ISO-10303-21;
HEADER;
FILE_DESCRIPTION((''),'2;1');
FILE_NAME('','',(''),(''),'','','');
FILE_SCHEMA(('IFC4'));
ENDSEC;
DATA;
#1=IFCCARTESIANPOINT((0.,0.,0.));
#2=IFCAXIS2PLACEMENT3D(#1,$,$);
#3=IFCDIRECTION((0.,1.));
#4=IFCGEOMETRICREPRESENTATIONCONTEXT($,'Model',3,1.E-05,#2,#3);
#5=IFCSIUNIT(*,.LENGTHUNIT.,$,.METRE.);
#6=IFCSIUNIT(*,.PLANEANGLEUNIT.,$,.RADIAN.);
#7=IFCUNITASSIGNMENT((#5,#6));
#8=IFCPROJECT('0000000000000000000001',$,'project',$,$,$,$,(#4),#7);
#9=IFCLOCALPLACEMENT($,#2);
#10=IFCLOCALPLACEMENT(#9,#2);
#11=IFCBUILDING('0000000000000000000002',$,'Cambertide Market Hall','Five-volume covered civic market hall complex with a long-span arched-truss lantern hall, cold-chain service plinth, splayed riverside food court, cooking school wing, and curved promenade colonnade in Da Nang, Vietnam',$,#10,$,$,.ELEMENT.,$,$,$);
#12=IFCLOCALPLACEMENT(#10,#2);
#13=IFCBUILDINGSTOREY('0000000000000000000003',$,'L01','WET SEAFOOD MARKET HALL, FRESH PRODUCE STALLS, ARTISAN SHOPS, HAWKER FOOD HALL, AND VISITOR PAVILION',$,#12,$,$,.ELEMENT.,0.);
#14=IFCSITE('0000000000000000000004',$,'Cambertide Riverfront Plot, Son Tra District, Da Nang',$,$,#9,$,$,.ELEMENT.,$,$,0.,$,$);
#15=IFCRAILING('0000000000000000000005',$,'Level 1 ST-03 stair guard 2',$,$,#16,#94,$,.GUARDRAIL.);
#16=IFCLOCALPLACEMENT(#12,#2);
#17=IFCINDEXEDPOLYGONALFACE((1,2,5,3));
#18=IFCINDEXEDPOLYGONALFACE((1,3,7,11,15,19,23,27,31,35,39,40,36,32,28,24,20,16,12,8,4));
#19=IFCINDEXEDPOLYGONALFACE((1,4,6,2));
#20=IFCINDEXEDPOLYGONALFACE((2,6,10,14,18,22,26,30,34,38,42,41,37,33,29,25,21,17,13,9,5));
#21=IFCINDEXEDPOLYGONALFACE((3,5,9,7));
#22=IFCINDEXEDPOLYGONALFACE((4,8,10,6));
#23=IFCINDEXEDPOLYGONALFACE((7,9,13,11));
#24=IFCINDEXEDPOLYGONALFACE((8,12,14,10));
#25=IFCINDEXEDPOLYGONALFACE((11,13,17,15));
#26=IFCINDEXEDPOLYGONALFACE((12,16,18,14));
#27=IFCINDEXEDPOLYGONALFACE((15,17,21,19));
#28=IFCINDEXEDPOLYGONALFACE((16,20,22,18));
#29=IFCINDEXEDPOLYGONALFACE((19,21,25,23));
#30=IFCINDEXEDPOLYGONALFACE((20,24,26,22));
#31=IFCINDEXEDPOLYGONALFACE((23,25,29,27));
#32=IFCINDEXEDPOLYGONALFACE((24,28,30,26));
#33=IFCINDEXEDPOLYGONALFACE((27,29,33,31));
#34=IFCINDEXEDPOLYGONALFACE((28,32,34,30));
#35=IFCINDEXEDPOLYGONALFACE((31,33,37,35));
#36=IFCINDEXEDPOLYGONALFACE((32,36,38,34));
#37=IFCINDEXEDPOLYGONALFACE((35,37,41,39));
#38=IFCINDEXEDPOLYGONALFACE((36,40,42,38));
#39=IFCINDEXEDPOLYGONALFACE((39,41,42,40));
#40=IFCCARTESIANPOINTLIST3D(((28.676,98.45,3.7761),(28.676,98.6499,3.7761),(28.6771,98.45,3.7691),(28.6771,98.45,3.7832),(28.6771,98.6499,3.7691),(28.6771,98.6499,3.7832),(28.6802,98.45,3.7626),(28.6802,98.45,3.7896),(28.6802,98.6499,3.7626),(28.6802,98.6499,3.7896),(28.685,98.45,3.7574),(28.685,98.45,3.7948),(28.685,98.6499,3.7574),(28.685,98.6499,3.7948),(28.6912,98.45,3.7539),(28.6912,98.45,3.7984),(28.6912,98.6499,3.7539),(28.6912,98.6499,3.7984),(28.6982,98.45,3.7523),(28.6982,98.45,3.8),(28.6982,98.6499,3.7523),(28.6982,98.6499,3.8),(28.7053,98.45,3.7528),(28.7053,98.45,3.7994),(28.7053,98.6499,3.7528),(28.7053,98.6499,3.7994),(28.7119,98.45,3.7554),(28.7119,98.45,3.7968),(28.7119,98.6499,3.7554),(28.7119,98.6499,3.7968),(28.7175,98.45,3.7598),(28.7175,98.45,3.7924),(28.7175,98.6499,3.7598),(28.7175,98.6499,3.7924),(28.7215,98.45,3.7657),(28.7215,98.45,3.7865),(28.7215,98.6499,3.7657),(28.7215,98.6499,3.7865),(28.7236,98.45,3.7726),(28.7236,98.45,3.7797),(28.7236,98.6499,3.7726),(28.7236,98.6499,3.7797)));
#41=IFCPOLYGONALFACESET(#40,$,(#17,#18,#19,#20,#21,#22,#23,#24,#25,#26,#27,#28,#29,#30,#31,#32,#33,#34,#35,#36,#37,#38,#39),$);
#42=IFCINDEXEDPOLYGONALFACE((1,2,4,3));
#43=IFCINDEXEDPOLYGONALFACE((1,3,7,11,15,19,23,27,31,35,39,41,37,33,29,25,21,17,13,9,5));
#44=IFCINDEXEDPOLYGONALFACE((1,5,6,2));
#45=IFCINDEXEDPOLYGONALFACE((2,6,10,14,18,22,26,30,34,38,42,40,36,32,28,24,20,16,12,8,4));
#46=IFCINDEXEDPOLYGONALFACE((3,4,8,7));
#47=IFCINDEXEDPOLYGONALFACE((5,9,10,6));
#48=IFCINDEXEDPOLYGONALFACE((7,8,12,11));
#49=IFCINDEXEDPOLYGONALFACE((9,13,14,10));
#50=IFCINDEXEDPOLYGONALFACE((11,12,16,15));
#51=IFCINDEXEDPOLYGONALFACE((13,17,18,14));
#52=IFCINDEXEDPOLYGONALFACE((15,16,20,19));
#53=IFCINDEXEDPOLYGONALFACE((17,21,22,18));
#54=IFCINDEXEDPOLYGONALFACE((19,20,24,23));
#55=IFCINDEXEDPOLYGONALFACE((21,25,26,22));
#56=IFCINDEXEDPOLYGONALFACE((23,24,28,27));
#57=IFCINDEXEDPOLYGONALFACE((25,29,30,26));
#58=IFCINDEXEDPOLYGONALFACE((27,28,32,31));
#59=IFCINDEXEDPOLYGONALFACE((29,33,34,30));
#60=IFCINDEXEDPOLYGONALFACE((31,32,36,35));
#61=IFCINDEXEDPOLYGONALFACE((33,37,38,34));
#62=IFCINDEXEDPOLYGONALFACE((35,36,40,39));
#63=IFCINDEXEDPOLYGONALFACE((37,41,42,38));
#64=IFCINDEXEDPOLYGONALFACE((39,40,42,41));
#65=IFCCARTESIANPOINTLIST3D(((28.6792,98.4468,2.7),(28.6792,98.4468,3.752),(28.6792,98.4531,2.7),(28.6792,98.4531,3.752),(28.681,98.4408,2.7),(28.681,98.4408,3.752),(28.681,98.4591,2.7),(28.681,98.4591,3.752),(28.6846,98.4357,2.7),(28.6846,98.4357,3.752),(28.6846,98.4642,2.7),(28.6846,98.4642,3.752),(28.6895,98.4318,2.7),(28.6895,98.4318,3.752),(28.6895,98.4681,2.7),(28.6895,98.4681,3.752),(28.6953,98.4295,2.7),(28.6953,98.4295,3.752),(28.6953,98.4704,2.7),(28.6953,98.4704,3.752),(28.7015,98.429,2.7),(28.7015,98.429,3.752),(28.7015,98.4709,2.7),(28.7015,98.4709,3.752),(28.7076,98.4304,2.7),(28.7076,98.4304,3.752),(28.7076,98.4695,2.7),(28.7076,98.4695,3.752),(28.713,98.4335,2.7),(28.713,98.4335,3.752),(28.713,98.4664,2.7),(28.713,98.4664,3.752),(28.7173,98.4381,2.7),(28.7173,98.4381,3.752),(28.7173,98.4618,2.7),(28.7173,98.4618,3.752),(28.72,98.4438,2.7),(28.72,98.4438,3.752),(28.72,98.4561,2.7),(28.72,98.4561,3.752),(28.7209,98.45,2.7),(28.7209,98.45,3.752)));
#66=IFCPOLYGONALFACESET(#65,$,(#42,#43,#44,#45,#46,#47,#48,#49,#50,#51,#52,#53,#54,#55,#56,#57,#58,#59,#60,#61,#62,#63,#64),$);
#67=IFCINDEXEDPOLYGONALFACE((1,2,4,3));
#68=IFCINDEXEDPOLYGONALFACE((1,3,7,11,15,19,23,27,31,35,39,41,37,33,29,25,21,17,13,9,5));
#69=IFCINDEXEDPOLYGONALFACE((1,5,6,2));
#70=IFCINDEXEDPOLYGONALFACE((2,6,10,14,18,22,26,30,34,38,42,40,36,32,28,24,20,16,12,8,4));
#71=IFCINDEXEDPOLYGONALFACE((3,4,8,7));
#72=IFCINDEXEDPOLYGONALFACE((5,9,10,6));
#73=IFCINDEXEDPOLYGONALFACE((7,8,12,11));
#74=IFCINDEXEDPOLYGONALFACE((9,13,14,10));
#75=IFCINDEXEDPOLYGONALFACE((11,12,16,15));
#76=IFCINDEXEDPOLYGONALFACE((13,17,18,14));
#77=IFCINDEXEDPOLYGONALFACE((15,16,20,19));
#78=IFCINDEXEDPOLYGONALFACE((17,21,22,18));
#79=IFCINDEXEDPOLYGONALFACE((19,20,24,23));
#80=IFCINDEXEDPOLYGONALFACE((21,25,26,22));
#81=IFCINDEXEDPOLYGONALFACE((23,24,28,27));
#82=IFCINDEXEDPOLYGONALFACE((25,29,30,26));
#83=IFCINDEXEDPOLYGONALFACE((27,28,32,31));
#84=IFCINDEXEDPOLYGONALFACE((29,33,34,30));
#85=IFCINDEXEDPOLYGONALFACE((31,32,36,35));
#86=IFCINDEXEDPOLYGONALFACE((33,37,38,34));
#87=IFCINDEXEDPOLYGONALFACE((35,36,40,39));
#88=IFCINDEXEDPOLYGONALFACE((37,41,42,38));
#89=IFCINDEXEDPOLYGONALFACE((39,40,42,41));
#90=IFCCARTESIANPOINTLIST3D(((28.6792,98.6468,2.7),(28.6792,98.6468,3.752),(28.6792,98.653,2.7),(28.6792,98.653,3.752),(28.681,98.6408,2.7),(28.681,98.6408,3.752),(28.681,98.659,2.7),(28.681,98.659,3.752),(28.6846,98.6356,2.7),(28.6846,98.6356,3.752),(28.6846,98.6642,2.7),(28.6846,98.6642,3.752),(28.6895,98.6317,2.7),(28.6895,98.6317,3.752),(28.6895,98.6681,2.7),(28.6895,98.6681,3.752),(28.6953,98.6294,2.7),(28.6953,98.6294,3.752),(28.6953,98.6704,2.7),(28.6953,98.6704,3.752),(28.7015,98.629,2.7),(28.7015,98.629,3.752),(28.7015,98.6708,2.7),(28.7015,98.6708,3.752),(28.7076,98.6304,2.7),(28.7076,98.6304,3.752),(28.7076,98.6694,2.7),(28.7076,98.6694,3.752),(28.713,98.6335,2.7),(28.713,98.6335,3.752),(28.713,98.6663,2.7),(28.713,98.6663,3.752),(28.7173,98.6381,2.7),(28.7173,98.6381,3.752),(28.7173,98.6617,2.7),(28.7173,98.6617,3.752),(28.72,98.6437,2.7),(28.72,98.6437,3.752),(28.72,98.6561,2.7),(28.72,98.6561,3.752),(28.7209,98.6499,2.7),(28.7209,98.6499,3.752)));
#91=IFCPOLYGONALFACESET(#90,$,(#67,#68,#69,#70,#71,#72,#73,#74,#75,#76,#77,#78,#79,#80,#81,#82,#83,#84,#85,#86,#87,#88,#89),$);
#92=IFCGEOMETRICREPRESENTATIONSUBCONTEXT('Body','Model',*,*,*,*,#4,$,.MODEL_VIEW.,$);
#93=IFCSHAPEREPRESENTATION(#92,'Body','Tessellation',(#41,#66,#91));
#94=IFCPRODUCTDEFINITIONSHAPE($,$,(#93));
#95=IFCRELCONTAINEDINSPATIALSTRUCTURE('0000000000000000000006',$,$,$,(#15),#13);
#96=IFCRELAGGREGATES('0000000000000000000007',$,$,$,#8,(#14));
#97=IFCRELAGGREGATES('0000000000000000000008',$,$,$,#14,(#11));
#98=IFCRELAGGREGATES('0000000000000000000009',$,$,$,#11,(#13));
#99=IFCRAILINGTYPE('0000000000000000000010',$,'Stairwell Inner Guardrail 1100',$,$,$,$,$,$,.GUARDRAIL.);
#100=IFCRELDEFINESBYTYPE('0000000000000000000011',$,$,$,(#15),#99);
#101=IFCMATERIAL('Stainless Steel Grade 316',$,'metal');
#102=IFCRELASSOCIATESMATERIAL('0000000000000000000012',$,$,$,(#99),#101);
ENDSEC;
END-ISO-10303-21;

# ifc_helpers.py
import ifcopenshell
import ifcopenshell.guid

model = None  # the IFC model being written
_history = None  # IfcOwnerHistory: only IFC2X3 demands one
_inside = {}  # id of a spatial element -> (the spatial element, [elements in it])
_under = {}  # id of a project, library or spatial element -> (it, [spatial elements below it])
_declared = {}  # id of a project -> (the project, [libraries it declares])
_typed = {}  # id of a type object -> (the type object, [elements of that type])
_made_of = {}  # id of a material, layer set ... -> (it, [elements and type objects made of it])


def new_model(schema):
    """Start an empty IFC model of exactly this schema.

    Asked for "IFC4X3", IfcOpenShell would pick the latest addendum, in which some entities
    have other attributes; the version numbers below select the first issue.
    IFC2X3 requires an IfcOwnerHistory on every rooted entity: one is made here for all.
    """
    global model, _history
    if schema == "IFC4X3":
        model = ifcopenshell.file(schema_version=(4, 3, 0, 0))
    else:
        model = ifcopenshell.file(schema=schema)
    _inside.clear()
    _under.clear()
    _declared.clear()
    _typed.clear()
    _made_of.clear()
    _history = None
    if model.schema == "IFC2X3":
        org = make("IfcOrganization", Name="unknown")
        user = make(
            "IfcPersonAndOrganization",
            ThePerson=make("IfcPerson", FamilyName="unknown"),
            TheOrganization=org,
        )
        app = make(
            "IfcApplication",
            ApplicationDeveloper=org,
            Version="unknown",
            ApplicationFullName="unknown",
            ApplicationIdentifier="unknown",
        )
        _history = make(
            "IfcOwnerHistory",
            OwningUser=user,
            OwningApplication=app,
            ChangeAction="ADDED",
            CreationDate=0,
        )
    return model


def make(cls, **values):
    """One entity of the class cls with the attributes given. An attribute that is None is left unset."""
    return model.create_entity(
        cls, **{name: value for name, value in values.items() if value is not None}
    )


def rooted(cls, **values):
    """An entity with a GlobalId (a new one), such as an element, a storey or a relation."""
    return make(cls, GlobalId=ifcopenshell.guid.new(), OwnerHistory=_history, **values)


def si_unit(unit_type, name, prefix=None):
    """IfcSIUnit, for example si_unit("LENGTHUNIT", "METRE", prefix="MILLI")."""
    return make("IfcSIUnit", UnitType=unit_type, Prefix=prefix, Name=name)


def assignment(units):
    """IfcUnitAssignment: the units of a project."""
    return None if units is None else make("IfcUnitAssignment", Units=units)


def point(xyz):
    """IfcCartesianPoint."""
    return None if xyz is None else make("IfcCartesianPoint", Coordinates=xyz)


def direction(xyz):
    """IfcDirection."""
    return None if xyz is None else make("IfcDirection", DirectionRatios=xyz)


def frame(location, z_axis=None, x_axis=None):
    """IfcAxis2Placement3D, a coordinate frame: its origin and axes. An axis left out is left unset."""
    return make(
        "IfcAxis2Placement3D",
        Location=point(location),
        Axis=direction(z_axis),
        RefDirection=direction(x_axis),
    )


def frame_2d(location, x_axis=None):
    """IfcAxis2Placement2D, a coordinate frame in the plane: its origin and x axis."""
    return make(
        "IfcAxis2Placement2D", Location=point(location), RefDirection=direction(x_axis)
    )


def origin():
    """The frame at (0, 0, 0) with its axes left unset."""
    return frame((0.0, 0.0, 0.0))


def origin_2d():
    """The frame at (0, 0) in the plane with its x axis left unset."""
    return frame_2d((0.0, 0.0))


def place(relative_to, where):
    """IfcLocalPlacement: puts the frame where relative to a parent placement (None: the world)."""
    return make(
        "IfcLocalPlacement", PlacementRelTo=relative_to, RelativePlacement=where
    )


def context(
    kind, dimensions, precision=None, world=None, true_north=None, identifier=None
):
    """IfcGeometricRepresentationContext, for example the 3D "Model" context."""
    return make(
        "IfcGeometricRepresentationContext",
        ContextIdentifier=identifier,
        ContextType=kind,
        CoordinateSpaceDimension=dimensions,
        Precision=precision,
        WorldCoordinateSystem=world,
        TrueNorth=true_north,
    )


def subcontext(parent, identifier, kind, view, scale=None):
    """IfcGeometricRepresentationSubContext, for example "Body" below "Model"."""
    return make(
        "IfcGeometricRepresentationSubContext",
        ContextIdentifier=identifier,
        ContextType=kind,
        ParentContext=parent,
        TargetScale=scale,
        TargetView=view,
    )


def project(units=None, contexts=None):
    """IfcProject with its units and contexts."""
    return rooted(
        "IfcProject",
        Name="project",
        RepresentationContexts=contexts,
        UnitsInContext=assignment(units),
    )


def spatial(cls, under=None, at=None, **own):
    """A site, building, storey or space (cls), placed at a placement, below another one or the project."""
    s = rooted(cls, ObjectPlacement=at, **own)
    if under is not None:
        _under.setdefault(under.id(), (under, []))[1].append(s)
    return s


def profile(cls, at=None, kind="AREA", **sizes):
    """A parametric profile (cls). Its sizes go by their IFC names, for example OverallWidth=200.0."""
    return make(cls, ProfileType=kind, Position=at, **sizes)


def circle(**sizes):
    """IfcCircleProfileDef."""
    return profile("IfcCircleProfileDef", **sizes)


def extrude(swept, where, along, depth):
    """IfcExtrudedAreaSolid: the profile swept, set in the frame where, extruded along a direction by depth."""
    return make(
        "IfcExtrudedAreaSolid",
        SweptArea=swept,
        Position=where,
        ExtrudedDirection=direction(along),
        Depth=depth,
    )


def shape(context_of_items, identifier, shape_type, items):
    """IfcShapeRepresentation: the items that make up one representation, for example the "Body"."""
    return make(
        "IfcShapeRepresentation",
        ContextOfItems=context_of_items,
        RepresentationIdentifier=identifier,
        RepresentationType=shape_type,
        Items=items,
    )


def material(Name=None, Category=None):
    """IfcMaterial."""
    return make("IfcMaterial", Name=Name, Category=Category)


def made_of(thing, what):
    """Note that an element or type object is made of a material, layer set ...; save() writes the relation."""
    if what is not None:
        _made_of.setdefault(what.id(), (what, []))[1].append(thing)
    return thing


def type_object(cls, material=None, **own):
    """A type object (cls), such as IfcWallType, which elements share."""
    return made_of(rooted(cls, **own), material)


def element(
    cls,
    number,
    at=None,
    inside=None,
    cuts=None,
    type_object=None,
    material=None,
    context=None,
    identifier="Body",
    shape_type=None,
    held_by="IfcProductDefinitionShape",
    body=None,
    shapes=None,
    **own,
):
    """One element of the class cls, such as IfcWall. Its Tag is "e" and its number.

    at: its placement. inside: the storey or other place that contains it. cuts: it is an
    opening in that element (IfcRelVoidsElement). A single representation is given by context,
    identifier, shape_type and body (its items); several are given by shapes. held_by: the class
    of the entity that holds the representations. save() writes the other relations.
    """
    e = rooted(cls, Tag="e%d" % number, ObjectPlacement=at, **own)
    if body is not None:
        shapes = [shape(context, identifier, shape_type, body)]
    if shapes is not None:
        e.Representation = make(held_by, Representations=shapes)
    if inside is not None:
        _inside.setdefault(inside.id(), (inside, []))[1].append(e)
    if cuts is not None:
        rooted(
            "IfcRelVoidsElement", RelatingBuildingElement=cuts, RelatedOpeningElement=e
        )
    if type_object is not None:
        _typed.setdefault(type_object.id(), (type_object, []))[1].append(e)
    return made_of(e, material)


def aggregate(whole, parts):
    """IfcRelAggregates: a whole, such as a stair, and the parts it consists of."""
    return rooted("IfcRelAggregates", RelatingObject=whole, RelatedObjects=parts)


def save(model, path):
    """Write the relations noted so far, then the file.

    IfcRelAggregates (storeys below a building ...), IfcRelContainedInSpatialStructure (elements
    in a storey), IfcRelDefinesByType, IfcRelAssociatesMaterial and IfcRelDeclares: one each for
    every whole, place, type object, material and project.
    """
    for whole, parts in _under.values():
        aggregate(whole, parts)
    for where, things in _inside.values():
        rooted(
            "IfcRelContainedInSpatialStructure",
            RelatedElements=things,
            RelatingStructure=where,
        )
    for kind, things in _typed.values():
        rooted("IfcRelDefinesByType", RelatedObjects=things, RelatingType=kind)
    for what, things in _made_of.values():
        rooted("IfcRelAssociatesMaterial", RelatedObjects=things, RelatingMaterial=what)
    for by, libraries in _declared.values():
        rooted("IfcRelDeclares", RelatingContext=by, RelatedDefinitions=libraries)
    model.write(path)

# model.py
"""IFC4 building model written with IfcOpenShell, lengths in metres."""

from ifc_helpers import new_model, si_unit, direction, frame, origin, origin_2d, place, context, subcontext, project, spatial, circle, extrude, material, type_object, element, save


model = new_model("IFC4")

# Units and contexts
model_context = context("Model", 3, precision=1e-05, world=origin(), true_north=direction((0.0, 1.0)))
body_context = subcontext(model_context, "Body", "Model", "MODEL_VIEW")
ifc_project = project(units=[si_unit("LENGTHUNIT", "METRE"), si_unit("PLANEANGLEUNIT", "RADIAN")], contexts=[model_context])

# Site, building, storey
site_placement = place(None, origin())
site = spatial("IfcSite", under=ifc_project, at=site_placement, Name="Cambertide Riverfront Plot, Son Tra District, Da Nang", CompositionType="ELEMENT", RefElevation=0.0)
building_placement = place(site_placement, origin())
building = spatial("IfcBuilding", under=site, at=building_placement, Name="Cambertide Market Hall", Description="Five-volume covered civic market hall complex with a long-span arched-truss lantern hall, cold-chain service plinth, splayed riverside food court, cooking school wing, and curved promenade colonnade in Da Nang, Vietnam", CompositionType="ELEMENT")
storey_placement = place(building_placement, origin())
storey = spatial("IfcBuildingStorey", under=building, at=storey_placement, Name="L01", Description="WET SEAFOOD MARKET HALL, FRESH PRODUCE STALLS, ARTISAN SHOPS, HAWKER FOOD HALL, AND VISITOR PAVILION", CompositionType="ELEMENT", Elevation=0.0)

# Railing
ifc_material_1 = material(Name="Stainless Steel Grade 316", Category="metal")
railing_type_1 = type_object("IfcRailingType", Name="Stairwell Inner Guardrail 1100", PredefinedType="GUARDRAIL", material=ifc_material_1)
railing_1_placement = place(storey_placement, frame((28.7, 98.45, 2.7)))
element("IfcRailing", 1, at=railing_1_placement, inside=storey, type_object=railing_type_1, Name="Level 1 ST-03 stair guard 2", PredefinedType="GUARDRAIL", context=body_context, shape_type="SweptSolid", body=[
    extrude(circle(Radius=0.0239, at=origin_2d()), frame((0.0, 0.0, 1.0762), z_axis=(0.0, 1.0, 0.0), x_axis=(-1.0, 0.0, 0.0)), (0.0, 0.0, 1.0), 0.2),
    extrude(circle(Radius=0.021, at=origin_2d()), origin(), (0.0, 0.0, 1.0), 1.052),
    extrude(circle(Radius=0.021, at=origin_2d()), frame((0.0, 0.2, 0.0)), (0.0, 0.0, 1.0), 1.052),
])

save(model, "model.ifc")
